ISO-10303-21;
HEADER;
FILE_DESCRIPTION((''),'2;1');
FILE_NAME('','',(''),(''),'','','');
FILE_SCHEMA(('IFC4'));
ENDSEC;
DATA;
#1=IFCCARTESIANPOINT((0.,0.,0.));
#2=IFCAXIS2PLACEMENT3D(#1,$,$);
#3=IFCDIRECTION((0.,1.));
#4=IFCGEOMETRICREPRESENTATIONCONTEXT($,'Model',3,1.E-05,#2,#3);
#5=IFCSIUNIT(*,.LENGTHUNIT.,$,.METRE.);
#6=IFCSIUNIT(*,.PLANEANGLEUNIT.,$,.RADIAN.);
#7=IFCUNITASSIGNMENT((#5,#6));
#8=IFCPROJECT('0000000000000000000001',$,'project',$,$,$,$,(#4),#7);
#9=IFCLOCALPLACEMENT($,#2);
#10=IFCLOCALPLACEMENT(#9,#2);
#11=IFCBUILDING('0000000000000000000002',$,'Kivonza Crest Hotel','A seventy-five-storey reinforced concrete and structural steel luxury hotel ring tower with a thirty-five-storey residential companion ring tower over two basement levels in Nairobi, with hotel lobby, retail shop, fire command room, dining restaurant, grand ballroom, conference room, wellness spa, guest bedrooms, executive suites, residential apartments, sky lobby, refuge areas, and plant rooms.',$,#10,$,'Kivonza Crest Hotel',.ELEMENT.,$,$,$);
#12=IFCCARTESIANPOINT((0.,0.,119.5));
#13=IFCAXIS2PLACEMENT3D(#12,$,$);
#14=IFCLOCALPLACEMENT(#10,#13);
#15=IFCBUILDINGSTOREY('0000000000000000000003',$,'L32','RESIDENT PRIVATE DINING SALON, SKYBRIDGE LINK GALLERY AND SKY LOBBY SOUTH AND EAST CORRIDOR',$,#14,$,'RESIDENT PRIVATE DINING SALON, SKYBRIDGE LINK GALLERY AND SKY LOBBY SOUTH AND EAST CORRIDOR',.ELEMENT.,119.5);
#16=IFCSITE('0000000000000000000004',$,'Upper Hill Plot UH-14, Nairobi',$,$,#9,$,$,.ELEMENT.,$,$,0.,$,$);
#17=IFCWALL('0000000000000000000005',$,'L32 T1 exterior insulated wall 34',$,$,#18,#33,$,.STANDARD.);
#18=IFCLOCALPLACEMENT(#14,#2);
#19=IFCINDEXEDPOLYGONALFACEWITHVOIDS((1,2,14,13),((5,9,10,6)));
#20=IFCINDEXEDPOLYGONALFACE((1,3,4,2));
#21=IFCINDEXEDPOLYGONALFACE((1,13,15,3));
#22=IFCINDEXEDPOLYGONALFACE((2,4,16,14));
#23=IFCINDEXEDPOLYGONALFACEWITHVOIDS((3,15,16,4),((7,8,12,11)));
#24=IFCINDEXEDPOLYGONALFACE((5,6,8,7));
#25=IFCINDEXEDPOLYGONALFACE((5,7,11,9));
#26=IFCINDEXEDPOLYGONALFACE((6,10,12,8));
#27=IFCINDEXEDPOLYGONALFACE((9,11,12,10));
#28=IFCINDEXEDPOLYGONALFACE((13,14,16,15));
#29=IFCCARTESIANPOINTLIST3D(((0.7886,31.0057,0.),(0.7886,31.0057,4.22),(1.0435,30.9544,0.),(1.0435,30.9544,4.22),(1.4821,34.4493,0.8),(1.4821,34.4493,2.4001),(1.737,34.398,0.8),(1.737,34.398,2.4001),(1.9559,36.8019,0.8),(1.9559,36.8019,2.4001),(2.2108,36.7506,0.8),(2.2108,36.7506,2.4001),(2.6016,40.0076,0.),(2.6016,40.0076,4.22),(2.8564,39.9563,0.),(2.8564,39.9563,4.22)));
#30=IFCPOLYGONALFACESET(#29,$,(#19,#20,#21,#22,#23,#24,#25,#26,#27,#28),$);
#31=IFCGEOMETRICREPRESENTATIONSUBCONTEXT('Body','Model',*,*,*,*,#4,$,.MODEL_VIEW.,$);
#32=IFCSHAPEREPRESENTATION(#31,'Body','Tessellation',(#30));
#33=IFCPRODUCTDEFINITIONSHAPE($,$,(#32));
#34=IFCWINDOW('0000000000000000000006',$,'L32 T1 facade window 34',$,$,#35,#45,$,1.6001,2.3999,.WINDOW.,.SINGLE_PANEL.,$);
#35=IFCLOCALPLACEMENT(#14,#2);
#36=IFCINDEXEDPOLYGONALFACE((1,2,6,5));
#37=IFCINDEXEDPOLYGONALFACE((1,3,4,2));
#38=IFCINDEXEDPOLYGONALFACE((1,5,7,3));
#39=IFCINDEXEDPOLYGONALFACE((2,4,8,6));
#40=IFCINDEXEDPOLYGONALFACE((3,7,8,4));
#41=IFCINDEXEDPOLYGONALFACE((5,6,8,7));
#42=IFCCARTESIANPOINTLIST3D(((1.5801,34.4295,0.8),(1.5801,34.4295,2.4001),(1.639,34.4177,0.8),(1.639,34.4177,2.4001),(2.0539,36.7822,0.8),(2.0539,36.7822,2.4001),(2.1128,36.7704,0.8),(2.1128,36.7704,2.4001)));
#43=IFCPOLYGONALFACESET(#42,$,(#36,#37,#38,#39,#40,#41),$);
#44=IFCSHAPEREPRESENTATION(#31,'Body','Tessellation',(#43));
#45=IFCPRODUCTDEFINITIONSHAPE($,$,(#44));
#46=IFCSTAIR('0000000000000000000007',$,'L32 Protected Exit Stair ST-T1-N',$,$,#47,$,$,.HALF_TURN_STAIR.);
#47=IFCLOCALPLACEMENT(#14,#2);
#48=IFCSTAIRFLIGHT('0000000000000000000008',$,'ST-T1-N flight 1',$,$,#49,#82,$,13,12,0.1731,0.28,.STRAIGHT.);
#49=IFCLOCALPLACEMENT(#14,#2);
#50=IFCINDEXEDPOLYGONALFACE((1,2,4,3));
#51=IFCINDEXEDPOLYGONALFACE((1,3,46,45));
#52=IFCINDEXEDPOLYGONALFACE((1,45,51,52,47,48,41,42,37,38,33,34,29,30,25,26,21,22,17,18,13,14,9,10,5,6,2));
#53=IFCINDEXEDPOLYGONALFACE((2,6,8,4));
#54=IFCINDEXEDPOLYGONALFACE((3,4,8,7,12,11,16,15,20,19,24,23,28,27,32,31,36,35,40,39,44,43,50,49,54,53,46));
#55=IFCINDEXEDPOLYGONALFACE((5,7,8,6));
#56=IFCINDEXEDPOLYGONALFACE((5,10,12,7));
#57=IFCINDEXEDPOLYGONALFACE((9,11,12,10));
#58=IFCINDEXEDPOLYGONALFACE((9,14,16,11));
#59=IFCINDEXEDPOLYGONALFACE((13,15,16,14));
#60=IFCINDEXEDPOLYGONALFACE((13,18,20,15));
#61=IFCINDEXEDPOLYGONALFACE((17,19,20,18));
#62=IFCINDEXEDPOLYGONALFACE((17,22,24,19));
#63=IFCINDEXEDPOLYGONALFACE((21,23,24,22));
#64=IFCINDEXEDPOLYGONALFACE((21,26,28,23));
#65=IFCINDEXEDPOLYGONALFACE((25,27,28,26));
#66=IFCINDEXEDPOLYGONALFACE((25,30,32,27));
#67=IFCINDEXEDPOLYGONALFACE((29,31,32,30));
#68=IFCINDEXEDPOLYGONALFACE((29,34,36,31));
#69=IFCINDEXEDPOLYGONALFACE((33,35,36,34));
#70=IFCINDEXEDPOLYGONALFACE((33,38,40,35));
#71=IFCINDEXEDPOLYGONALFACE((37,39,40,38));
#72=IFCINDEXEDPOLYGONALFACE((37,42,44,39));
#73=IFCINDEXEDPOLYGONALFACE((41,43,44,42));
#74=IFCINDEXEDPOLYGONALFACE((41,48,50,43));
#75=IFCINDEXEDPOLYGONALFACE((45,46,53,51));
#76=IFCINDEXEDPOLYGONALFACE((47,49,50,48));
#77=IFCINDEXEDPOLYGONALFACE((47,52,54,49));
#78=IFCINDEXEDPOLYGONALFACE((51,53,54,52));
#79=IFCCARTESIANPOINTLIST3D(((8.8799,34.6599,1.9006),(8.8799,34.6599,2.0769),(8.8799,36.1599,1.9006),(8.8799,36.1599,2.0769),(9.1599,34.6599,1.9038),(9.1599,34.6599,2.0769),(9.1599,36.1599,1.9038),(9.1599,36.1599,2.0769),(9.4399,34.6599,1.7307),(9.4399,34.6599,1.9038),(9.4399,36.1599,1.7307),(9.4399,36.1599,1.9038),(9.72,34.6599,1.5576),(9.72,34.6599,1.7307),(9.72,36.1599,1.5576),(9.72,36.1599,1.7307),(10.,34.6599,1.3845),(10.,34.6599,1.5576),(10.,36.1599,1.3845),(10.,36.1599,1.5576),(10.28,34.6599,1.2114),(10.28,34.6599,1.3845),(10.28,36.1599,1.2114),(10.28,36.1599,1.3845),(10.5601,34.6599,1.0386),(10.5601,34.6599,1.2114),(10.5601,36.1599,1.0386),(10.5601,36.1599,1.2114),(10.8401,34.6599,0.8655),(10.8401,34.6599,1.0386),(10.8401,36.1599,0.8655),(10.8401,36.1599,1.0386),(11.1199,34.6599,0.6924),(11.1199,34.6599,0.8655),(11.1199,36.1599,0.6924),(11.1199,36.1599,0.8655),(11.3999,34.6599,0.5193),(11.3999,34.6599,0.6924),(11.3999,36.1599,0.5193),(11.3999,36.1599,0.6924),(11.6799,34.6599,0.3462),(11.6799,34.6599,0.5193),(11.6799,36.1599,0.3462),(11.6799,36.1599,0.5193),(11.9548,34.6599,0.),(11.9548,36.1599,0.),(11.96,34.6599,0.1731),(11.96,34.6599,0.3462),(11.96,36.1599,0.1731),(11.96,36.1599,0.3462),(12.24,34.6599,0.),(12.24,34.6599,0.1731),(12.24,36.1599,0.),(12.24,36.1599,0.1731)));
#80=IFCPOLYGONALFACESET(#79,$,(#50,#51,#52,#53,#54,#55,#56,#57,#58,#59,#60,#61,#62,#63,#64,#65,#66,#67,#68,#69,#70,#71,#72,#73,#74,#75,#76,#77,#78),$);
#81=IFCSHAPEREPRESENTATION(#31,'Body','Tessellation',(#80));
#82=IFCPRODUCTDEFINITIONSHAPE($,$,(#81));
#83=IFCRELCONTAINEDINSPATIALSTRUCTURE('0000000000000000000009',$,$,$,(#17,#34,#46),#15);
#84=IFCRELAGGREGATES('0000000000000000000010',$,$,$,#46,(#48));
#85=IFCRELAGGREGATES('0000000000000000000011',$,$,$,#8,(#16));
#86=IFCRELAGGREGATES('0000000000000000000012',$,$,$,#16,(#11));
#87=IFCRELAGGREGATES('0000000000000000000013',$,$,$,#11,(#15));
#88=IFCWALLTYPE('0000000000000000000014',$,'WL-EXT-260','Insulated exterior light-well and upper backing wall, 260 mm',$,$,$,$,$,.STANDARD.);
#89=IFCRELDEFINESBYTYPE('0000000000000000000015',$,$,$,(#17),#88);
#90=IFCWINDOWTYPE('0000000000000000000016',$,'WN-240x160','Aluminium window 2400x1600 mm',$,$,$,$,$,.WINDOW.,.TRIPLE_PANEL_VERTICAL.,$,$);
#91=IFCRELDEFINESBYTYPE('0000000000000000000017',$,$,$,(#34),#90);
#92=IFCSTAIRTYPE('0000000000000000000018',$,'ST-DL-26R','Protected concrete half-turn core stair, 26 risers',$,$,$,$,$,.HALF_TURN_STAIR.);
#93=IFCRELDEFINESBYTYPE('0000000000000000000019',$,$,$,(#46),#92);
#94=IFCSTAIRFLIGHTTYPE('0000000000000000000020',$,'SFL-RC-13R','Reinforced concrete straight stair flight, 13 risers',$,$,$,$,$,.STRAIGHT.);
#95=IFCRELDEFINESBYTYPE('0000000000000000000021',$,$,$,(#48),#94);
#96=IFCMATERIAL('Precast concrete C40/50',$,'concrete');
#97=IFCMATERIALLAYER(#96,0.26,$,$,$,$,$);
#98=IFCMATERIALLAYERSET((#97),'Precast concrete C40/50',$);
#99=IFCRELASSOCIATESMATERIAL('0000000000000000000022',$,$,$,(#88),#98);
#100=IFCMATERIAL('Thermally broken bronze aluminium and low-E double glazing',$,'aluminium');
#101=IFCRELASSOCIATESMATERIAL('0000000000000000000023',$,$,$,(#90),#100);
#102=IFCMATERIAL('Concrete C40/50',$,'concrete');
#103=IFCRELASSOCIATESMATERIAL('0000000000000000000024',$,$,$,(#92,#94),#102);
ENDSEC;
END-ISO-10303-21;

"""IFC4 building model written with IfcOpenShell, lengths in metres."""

from ifc_helpers import new_model, si_unit, direction, frame, frame_2d, origin, place, context, subcontext, project, spatial, polyline, rectangle, outline, extrude, material, layer, layer_set, type_object, element, fill, aggregate, save


model = new_model("IFC4")

# Units and contexts
model_context = context("Model", 3, precision=1e-05, world=origin(), true_north=direction((0.0, 1.0)))
body_context = subcontext(model_context, "Body", "Model", "MODEL_VIEW")
ifc_project = project(units=[si_unit("LENGTHUNIT", "METRE"), si_unit("PLANEANGLEUNIT", "RADIAN")], contexts=[model_context])

# Site, building, storey
site_placement = place(None, origin())
site = spatial("IfcSite", under=ifc_project, at=site_placement, Name="Upper Hill Plot UH-14, Nairobi", CompositionType="ELEMENT", RefElevation=0.0)
building_placement = place(site_placement, origin())
building = spatial("IfcBuilding", under=site, at=building_placement, Name="Kivonza Crest Hotel", Description="A seventy-five-storey reinforced concrete and structural steel luxury hotel ring tower with a thirty-five-storey residential companion ring tower over two basement levels in Nairobi, with hotel lobby, retail shop, fire command room, dining restaurant, grand ballroom, conference room, wellness spa, guest bedrooms, executive suites, residential apartments, sky lobby, refuge areas, and plant rooms.", LongName="Kivonza Crest Hotel", CompositionType="ELEMENT")
storey_placement = place(building_placement, frame((0.0, 0.0, 119.5)))
storey = spatial("IfcBuildingStorey", under=building, at=storey_placement, Name="L32", Description="RESIDENT PRIVATE DINING SALON, SKYBRIDGE LINK GALLERY AND SKY LOBBY SOUTH AND EAST CORRIDOR", LongName="RESIDENT PRIVATE DINING SALON, SKYBRIDGE LINK GALLERY AND SKY LOBBY SOUTH AND EAST CORRIDOR", CompositionType="ELEMENT", Elevation=119.5)

# Shared definitions
ifc_material_1 = material(Name="Precast concrete C40/50", Category="concrete")
ifc_layer_1 = layer(ifc_material_1, 0.26)
ifc_layer_set_1 = layer_set([ifc_layer_1], Name="Precast concrete C40/50")
wall_type_1 = type_object("IfcWallType", Name="WL-EXT-260", Description="Insulated exterior light-well and upper backing wall, 260 mm", PredefinedType="STANDARD", material=ifc_layer_set_1)

# Wall, opening, window
wall_1_placement = place(storey_placement, frame((2.729, 39.9819, 0.0), z_axis=(0.0, 0.0, 1.0), x_axis=(-0.197435, -0.980316, 0.0)))
wall_1 = element("IfcWall", 1, at=wall_1_placement, inside=storey, type_object=wall_type_1, Name="L32 T1 exterior insulated wall 34", PredefinedType="STANDARD", context=body_context, shape_type="SweptSolid", body=[
    extrude(rectangle(XDim=9.1826, YDim=0.26, at=frame_2d((4.5913, 0.0))), origin(), (0.0, 0.0, 1.0), 4.22),
])
opening_1_placement = place(wall_1_placement, frame((3.27, 0.0, 0.8)))
opening_1 = element("IfcOpeningElement", 2, at=opening_1_placement, cuts=wall_1, PredefinedType="OPENING", context=body_context, shape_type="SweptSolid", body=[
    extrude(rectangle(XDim=2.3999, YDim=1.6001, at=frame_2d((1.2, 0.8))), frame((0.0, 0.1401, 0.0), z_axis=(0.0, -1.0, 0.0), x_axis=(1.0, 0.0, 0.0)), (0.0, 0.0, 1.0), 0.28),
])
ifc_material_2 = material(Name="Thermally broken bronze aluminium and low-E double glazing", Category="aluminium")
window_type = type_object("IfcWindowType", Name="WN-240x160", Description="Aluminium window 2400x1600 mm", PartitioningType="TRIPLE_PANEL_VERTICAL", PredefinedType="WINDOW", material=ifc_material_2)
window_placement = place(opening_1_placement, origin())
window = element("IfcWindow", 3, at=window_placement, inside=storey, type_object=window_type, Name="L32 T1 facade window 34", OverallHeight=1.6001, OverallWidth=2.3999, PartitioningType="SINGLE_PANEL", PredefinedType="WINDOW", context=body_context, shape_type="SweptSolid", body=[
    extrude(rectangle(XDim=2.3999, YDim=1.6001, at=frame_2d((1.2, 0.8))), frame((0.0, 0.03, 0.0), z_axis=(0.0, -1.0, 0.0), x_axis=(1.0, 0.0, 0.0)), (0.0, 0.0, 1.0), 0.0601),
])
fill(opening_1, window)

# Stair, stair flight
ifc_material_3 = material(Name="Concrete C40/50", Category="concrete")
stair_type = type_object("IfcStairType", Name="ST-DL-26R", Description="Protected concrete half-turn core stair, 26 risers", PredefinedType="HALF_TURN_STAIR", material=ifc_material_3)
stair_placement = place(storey_placement, origin())
stair = element("IfcStair", 4, at=stair_placement, inside=storey, type_object=stair_type, Name="L32 Protected Exit Stair ST-T1-N", PredefinedType="HALF_TURN_STAIR")
stair_flight_type = type_object("IfcStairFlightType", Name="SFL-RC-13R", Description="Reinforced concrete straight stair flight, 13 risers", PredefinedType="STRAIGHT", material=ifc_material_3)
stair_flight_placement = place(storey_placement, frame((12.24, 35.4099, 0.0), z_axis=(0.0, 0.0, 1.0), x_axis=(-1.0, 0.0, 0.0)))
stair_flight = element("IfcStairFlight", 5, at=stair_flight_placement, type_object=stair_flight_type, Name="ST-T1-N flight 1", NumberOfRisers=13, NumberOfTreads=12, PredefinedType="STRAIGHT", RiserHeight=0.1731, TreadLength=0.28, context=body_context, shape_type="SweptSolid", body=[
    extrude(outline(polyline([(0.0, 0.0), (0.0, 0.1731), (0.28, 0.1731), (0.28, 0.3462), (0.5601, 0.3462), (0.5601, 0.5193), (0.8401, 0.5193), (0.8401, 0.6924), (1.1201, 0.6924), (1.1201, 0.8655), (1.3999, 0.8655), (1.3999, 1.0386), (1.6799, 1.0386), (1.6799, 1.2114), (1.96, 1.2114), (1.96, 1.3845), (2.24, 1.3845), (2.24, 1.5576), (2.52, 1.5576), (2.52, 1.7307), (2.8, 1.7307), (2.8, 1.9038), (3.0801, 1.9038), (3.0801, 2.0769), (3.3601, 2.0769), (3.3601, 2.25), (3.3601, 1.9006), (0.2852, 0.0), (0.0, 0.0)])), frame((0.0, 0.75, 0.0), z_axis=(0.0, -1.0, 0.0), x_axis=(1.0, 0.0, 0.0)), (0.0, 0.0, 1.0), 1.5),
])
aggregate(stair, [stair_flight])

save(model, "model.ifc")
